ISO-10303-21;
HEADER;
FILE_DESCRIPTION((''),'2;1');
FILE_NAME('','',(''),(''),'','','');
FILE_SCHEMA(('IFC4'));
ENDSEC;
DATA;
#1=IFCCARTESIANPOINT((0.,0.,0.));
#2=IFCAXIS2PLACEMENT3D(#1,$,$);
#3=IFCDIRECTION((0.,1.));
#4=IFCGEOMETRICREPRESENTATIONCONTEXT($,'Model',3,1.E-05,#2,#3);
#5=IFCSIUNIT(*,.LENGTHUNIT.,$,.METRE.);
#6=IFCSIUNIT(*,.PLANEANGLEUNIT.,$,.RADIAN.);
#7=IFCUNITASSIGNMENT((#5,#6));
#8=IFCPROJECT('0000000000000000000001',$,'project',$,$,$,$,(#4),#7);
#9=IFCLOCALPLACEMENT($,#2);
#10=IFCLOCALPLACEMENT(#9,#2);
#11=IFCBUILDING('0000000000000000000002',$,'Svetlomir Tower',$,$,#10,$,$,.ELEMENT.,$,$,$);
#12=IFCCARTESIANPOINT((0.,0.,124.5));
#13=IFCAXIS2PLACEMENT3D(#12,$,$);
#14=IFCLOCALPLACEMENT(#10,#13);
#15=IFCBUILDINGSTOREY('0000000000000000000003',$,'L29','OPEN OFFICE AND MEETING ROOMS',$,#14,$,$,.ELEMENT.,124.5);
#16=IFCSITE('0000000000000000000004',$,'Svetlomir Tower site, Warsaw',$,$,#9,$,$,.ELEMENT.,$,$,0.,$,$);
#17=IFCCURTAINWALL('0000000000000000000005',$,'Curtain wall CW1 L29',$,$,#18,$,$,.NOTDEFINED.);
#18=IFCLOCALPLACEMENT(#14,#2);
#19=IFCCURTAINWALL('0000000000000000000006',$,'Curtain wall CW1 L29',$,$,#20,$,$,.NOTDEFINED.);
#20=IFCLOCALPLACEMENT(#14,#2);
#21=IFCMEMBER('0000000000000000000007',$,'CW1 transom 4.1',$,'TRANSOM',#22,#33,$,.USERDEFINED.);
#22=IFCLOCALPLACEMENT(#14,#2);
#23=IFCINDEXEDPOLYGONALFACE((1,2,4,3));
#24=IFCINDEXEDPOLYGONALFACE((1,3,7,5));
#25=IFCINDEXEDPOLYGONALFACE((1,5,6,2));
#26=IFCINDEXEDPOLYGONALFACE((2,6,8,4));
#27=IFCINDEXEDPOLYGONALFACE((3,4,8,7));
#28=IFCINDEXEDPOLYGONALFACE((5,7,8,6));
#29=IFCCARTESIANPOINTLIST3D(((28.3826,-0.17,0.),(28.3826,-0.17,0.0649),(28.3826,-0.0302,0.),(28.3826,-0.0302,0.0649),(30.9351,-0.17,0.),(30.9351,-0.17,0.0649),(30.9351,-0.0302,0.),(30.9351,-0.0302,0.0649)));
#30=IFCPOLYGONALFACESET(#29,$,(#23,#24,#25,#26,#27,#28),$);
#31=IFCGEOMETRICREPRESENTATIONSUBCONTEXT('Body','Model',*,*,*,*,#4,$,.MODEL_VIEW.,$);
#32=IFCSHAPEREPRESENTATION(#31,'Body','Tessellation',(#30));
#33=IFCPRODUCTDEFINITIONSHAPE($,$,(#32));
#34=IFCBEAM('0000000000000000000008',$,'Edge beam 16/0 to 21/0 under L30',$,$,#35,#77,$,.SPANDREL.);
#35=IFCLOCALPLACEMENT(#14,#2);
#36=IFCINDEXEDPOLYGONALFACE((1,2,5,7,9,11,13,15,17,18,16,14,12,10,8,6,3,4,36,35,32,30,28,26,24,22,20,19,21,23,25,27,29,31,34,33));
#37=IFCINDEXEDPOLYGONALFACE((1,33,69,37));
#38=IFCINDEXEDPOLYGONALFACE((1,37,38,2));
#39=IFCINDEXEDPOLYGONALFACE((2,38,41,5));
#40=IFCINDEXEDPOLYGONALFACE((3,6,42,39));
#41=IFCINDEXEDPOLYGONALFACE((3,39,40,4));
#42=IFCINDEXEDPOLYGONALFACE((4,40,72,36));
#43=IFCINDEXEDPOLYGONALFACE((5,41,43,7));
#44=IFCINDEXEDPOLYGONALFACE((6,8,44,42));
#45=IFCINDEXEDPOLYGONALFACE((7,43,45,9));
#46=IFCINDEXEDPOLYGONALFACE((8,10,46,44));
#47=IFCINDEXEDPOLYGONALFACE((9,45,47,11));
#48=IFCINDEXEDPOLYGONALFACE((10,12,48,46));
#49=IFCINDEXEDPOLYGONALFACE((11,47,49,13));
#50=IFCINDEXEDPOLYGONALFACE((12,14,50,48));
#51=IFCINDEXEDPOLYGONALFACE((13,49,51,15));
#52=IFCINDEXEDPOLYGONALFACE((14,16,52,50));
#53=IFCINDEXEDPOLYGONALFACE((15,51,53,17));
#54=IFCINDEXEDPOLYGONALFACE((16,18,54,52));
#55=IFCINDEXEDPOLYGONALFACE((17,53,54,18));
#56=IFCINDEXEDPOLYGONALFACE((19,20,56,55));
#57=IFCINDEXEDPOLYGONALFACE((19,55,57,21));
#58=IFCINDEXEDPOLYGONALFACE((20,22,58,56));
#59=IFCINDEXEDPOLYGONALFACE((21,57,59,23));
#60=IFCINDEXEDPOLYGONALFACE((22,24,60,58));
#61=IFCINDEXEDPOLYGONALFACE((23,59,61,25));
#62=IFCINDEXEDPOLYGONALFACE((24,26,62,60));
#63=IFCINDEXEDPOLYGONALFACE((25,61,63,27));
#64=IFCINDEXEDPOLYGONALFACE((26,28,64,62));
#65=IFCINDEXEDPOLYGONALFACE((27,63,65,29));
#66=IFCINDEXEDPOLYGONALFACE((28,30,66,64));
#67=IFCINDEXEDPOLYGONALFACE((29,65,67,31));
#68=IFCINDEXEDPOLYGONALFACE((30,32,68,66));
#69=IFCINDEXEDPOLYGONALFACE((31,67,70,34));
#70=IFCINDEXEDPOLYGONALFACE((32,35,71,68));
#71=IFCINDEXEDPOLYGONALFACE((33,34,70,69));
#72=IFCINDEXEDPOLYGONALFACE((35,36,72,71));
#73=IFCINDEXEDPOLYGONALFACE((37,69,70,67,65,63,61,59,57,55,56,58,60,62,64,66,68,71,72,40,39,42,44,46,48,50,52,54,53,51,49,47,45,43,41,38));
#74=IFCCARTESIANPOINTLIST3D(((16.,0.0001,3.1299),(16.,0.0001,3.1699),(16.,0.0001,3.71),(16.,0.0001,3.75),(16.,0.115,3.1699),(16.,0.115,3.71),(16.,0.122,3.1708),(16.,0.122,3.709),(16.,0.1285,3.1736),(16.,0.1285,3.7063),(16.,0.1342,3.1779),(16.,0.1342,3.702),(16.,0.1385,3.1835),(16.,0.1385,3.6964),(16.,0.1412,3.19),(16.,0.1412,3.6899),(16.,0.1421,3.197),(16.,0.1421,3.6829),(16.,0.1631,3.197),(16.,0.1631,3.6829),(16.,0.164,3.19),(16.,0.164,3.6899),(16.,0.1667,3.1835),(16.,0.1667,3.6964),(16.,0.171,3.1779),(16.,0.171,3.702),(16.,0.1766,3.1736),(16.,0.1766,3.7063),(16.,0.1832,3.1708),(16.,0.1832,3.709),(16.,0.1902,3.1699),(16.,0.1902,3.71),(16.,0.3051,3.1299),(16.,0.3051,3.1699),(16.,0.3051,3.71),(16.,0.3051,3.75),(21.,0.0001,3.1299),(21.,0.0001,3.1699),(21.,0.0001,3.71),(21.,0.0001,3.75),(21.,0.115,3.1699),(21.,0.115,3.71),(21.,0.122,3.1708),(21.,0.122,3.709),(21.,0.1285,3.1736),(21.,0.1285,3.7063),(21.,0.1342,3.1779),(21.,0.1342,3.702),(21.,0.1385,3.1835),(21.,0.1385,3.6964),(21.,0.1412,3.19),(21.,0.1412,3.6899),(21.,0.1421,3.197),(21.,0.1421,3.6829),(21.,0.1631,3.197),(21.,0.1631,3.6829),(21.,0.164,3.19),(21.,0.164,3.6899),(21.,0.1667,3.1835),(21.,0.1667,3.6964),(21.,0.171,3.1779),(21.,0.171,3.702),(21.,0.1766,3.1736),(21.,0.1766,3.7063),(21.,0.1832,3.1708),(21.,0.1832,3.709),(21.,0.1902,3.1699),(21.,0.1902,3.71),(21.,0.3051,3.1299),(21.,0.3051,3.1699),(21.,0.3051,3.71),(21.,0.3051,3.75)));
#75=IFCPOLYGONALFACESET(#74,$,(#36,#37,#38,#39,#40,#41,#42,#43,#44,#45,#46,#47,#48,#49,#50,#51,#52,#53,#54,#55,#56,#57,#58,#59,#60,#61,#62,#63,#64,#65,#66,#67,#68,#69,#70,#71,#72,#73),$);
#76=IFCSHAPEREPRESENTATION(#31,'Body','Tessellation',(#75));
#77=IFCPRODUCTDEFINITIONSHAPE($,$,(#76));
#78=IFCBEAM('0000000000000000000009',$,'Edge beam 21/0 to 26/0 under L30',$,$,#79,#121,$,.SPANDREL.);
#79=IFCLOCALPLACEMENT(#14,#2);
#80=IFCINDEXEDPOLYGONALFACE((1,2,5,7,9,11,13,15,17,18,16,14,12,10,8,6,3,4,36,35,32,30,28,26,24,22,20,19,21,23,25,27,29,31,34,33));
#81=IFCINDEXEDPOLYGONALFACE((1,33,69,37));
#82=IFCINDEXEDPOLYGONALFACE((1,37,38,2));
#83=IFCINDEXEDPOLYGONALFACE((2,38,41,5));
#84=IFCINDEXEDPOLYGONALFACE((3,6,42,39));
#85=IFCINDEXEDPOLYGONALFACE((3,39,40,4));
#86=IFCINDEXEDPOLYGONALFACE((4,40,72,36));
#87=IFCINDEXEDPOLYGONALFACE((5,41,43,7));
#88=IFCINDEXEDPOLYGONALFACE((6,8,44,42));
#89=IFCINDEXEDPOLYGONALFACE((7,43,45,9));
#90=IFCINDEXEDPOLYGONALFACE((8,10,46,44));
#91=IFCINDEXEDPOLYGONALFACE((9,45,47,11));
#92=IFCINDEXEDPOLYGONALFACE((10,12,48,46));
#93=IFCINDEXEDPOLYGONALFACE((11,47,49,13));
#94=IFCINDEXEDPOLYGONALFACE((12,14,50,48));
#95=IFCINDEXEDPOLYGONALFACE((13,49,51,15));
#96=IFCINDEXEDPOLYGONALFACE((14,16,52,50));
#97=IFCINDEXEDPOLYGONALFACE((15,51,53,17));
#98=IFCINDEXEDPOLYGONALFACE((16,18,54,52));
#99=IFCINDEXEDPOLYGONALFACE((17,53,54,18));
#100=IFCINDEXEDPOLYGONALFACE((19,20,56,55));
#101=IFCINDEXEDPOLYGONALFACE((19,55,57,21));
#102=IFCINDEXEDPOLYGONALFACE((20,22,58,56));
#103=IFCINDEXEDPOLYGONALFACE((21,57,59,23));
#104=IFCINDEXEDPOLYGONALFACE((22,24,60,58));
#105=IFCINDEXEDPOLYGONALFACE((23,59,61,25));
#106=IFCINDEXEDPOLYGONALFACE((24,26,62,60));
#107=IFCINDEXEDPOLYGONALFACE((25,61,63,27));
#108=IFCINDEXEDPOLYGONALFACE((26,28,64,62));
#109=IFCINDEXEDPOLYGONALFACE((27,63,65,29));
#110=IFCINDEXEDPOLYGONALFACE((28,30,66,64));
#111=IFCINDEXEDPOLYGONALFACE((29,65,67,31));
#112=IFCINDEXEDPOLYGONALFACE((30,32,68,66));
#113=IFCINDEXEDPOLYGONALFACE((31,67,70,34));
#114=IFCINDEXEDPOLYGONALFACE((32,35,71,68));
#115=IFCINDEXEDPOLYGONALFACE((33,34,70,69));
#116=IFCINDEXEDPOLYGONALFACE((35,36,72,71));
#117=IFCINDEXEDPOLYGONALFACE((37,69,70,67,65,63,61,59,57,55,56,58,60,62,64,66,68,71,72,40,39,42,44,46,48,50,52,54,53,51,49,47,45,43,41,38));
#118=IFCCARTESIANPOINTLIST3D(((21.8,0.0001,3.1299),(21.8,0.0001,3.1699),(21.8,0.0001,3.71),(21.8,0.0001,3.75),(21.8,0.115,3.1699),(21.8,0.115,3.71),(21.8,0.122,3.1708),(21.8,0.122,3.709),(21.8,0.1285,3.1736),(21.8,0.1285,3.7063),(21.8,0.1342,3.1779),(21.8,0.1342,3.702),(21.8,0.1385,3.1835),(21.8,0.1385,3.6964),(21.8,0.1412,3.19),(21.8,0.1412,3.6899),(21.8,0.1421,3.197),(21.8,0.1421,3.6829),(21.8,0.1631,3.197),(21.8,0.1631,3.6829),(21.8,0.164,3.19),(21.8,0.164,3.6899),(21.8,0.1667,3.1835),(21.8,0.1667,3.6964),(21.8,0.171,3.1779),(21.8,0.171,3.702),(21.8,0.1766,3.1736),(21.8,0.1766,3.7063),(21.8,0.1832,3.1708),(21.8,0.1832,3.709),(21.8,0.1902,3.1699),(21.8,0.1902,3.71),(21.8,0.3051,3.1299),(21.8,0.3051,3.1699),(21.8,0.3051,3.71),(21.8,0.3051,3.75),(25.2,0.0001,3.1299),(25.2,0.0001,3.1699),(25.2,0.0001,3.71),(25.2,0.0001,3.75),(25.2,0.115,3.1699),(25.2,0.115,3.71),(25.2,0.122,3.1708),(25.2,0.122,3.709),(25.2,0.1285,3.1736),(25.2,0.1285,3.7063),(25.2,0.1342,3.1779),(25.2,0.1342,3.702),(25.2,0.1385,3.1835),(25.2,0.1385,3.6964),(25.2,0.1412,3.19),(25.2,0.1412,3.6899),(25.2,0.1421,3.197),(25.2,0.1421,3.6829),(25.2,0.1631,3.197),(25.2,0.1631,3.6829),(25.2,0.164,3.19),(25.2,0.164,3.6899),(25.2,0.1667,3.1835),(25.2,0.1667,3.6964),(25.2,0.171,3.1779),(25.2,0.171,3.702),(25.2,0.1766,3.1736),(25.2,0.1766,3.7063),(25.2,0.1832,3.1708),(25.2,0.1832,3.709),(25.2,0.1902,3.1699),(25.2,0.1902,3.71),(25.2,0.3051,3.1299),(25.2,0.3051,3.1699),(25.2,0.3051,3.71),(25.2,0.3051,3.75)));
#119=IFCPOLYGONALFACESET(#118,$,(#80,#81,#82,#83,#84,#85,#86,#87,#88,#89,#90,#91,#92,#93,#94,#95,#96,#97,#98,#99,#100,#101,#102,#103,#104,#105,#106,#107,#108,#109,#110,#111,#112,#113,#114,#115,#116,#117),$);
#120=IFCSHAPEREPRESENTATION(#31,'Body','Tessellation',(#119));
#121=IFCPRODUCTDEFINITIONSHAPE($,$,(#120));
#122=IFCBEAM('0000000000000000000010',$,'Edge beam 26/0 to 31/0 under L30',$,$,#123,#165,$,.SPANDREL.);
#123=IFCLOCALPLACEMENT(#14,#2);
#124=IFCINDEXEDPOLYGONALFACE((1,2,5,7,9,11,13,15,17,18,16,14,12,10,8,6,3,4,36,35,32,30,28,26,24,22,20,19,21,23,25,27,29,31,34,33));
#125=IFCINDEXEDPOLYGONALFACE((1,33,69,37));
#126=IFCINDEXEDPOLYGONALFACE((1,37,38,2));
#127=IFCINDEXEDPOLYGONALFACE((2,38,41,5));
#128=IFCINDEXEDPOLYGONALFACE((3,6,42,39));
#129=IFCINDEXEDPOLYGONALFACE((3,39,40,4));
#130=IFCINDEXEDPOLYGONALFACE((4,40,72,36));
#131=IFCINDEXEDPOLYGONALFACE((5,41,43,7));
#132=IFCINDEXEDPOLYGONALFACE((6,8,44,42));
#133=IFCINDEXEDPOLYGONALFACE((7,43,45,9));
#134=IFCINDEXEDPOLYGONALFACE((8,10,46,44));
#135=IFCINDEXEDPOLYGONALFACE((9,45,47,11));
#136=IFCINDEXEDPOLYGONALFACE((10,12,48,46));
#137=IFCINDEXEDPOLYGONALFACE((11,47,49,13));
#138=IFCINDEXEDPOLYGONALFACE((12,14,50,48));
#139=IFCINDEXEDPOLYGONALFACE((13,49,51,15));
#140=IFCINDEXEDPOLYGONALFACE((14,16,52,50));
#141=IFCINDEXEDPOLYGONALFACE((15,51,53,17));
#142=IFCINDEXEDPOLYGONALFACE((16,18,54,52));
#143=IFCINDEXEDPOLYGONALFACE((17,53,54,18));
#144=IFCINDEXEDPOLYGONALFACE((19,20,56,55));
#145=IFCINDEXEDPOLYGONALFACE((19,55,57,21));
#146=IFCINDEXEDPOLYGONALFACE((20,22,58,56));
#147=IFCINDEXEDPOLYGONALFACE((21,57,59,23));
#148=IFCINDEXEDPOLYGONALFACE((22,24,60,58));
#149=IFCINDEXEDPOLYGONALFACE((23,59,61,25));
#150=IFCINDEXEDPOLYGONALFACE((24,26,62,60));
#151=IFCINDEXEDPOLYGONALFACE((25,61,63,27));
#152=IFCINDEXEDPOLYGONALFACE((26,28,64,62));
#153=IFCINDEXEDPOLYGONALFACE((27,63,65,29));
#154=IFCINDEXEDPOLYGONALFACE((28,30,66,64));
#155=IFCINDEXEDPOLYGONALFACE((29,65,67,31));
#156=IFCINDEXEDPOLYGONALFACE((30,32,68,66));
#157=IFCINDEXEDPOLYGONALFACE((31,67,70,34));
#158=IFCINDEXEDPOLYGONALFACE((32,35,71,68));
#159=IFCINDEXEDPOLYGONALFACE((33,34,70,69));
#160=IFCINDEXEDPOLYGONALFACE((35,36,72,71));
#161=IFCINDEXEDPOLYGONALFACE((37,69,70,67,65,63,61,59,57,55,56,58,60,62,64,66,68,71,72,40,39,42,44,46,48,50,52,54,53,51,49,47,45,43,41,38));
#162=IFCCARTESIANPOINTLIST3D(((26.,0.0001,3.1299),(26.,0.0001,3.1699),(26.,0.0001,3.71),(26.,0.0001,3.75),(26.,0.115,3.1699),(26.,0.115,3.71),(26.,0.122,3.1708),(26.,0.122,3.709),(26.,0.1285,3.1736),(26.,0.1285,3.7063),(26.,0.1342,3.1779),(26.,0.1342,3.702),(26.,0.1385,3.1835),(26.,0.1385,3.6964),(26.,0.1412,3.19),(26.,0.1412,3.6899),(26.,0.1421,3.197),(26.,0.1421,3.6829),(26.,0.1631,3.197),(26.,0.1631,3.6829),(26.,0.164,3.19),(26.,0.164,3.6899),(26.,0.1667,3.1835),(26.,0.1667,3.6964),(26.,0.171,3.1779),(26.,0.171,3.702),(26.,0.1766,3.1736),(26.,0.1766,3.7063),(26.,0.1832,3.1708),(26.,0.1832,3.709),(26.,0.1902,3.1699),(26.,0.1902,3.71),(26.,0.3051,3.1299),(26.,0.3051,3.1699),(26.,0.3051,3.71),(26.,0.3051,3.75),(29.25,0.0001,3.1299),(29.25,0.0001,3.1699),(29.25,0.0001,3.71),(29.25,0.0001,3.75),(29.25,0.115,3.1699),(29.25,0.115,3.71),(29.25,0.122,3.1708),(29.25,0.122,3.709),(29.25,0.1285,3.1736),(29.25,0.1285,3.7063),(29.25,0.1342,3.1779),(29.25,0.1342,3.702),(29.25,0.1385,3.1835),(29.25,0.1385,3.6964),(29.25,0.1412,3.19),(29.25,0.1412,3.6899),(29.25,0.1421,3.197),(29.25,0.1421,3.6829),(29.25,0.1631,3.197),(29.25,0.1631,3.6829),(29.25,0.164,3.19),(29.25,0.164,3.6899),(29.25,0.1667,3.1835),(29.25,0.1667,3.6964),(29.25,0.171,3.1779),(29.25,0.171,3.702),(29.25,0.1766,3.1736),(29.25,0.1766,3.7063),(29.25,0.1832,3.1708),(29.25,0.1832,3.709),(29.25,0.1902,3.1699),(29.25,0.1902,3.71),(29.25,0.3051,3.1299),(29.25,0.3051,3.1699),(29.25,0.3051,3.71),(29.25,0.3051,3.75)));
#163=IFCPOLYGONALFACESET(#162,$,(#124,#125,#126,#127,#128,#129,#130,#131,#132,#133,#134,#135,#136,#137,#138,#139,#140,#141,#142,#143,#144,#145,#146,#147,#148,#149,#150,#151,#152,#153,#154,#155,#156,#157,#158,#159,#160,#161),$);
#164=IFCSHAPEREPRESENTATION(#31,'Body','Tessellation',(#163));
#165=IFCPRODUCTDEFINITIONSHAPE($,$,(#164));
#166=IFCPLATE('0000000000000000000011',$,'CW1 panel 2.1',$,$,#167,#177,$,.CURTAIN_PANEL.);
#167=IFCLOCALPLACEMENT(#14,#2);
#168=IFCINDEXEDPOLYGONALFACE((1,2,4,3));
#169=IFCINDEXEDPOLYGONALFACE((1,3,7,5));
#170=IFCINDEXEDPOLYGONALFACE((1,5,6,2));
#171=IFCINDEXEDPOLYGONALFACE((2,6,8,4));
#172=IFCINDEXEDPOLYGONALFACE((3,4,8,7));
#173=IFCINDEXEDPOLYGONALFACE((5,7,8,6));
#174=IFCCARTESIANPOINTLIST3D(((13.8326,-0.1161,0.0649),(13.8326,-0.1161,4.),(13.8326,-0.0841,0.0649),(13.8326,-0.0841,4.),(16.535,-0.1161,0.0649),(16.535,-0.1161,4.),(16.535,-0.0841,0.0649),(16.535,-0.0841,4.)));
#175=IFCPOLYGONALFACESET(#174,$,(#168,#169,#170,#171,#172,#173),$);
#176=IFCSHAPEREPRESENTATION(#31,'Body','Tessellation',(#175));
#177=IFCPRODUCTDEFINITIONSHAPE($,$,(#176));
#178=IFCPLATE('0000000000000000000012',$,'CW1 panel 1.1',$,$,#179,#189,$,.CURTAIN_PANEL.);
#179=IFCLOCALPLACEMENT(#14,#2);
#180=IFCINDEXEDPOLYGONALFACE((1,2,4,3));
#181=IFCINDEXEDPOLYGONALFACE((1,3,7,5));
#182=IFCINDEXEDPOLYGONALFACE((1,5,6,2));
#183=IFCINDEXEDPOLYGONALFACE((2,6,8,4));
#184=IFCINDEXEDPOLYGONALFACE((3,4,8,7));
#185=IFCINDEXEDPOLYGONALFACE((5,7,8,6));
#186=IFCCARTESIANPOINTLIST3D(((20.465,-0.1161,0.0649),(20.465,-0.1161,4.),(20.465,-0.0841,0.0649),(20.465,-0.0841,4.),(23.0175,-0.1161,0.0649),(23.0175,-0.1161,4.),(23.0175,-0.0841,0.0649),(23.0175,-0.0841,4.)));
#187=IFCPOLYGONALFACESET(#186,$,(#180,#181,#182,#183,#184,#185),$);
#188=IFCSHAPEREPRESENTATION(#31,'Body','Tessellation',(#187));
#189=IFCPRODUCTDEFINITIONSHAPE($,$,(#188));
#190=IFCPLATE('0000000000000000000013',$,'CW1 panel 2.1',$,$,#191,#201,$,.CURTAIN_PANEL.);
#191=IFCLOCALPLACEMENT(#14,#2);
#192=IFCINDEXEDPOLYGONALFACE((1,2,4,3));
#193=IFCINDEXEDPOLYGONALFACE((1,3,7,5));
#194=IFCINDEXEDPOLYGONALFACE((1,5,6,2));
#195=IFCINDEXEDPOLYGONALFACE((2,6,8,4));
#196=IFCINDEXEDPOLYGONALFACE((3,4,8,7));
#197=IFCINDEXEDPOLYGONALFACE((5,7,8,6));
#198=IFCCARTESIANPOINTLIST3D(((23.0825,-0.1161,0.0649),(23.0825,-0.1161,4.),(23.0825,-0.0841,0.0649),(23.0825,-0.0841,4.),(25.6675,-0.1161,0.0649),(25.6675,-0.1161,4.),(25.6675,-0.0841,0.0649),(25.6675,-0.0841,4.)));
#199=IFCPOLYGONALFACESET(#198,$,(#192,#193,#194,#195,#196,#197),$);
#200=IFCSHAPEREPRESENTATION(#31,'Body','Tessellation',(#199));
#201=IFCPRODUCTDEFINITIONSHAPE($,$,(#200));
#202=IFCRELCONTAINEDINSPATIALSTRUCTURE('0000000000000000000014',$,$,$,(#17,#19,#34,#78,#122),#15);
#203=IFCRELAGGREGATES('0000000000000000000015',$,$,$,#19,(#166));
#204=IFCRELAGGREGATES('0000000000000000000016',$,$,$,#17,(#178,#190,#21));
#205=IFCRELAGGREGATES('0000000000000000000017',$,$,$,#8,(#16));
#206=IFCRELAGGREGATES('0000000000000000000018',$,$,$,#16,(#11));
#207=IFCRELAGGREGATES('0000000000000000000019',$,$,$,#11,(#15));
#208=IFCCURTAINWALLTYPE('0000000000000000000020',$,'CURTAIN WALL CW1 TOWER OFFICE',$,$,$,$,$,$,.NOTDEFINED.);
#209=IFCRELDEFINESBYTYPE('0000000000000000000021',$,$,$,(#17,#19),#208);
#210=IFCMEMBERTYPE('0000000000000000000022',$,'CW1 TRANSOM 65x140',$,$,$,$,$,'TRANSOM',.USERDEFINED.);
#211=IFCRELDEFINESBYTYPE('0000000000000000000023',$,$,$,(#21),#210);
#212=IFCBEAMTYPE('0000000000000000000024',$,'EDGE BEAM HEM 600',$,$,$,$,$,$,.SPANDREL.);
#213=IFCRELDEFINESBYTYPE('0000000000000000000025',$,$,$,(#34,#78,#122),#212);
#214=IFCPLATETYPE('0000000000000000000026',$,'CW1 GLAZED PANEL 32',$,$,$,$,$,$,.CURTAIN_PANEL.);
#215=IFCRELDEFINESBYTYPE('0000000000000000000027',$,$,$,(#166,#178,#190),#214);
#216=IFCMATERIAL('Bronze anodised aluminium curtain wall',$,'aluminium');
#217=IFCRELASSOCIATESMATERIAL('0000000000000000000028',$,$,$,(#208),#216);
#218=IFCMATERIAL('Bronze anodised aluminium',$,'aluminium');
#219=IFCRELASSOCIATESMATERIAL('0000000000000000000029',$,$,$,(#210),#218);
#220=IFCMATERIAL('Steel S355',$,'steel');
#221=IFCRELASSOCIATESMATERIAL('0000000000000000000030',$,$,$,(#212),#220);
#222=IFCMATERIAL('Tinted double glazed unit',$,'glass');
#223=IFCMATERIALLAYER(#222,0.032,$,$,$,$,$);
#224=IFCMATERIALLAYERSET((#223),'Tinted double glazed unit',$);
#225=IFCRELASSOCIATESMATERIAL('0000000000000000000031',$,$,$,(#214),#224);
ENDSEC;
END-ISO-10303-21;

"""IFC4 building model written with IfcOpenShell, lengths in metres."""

from ifc_helpers import new_model, si_unit, direction, frame, origin, origin_2d, place, context, subcontext, project, spatial, rectangle, i_section, extrude, material, layer, layer_set, material_profile, profile_set, type_object, element, aggregate, save


model = new_model("IFC4")

# Units and contexts
model_context = context("Model", 3, precision=1e-05, world=origin(), true_north=direction((0.0, 1.0)))
body_context = subcontext(model_context, "Body", "Model", "MODEL_VIEW")
ifc_project = project(units=[si_unit("LENGTHUNIT", "METRE"), si_unit("PLANEANGLEUNIT", "RADIAN")], contexts=[model_context])

# Site, building, storey
site_placement = place(None, origin())
site = spatial("IfcSite", under=ifc_project, at=site_placement, Name="Svetlomir Tower site, Warsaw", CompositionType="ELEMENT", RefElevation=0.0)
building_placement = place(site_placement, origin())
building = spatial("IfcBuilding", under=site, at=building_placement, Name="Svetlomir Tower", CompositionType="ELEMENT")
storey_placement = place(building_placement, frame((0.0, 0.0, 124.5)))
storey = spatial("IfcBuildingStorey", under=building, at=storey_placement, Name="L29", Description="OPEN OFFICE AND MEETING ROOMS", CompositionType="ELEMENT", Elevation=124.5)

# Curtain wall
ifc_material_1 = material(Name="Bronze anodised aluminium curtain wall", Category="aluminium")
curtain_wall_type = type_object("IfcCurtainWallType", Name="CURTAIN WALL CW1 TOWER OFFICE", PredefinedType="NOTDEFINED", material=ifc_material_1)
curtain_wall_1_placement = place(storey_placement, origin())
curtain_wall_1 = element("IfcCurtainWall", 1, at=curtain_wall_1_placement, inside=storey, type_object=curtain_wall_type, Name="Curtain wall CW1 L29", PredefinedType="NOTDEFINED")

# Curtain wall
curtain_wall_2_placement = place(storey_placement, origin())
curtain_wall_2 = element("IfcCurtainWall", 2, at=curtain_wall_2_placement, inside=storey, type_object=curtain_wall_type, Name="Curtain wall CW1 L29", PredefinedType="NOTDEFINED")

# Member
ifc_material_2 = material(Name="Bronze anodised aluminium", Category="aluminium")
ifc_material_profile_1 = material_profile(ifc_material_2, rectangle(XDim=0.1399, YDim=0.0649, at=origin_2d()), Name="AL 140x65")
ifc_profile_set_1 = profile_set([ifc_material_profile_1], Name="Bronze anodised aluminium 6063-T6")
member_type_1 = type_object("IfcMemberType", Name="CW1 TRANSOM 65x140", ElementType="TRANSOM", PredefinedType="USERDEFINED", material=ifc_profile_set_1)
member_1_placement = place(storey_placement, frame((28.3826, -0.1001, 0.0325), z_axis=(1.0, 0.0, 0.0), x_axis=(0.0, 1.0, 0.0)))
member_1 = element("IfcMember", 3, at=member_1_placement, type_object=member_type_1, Name="CW1 transom 4.1", ObjectType="TRANSOM", PredefinedType="USERDEFINED", context=body_context, shape_type="SweptSolid", body=[
    extrude(rectangle(XDim=0.1399, YDim=0.0649, at=origin_2d()), origin(), (0.0, 0.0, 1.0), 2.5525),
])

# Beams
ifc_material_3 = material(Name="Steel S355", Category="steel")
ifc_material_profile_2 = material_profile(ifc_material_3, i_section(OverallWidth=0.3049, OverallDepth=0.6201, WebThickness=0.021, FlangeThickness=0.04, FilletRadius=0.0271, at=origin_2d()), Name="HEM 600")
ifc_profile_set_2 = profile_set([ifc_material_profile_2], Name="Steel S355")
beam_type_1 = type_object("IfcBeamType", Name="EDGE BEAM HEM 600", PredefinedType="SPANDREL", material=ifc_profile_set_2)
beam_1_placement = place(storey_placement, frame((16.0, 0.1526, 3.4399), z_axis=(1.0, 0.0, 0.0), x_axis=(0.0, 1.0, 0.0)))
element("IfcBeam", 4, at=beam_1_placement, inside=storey, type_object=beam_type_1, Name="Edge beam 16/0 to 21/0 under L30", PredefinedType="SPANDREL", context=body_context, shape_type="SweptSolid", body=[
    extrude(i_section(OverallWidth=0.3049, OverallDepth=0.6201, WebThickness=0.021, FlangeThickness=0.04, FilletRadius=0.0271, at=origin_2d()), origin(), (0.0, 0.0, 1.0), 5.0),
])
beam_2_placement = place(storey_placement, frame((21.8, 0.1526, 3.4399), z_axis=(1.0, 0.0, 0.0), x_axis=(0.0, 1.0, 0.0)))
element("IfcBeam", 5, at=beam_2_placement, inside=storey, type_object=beam_type_1, Name="Edge beam 21/0 to 26/0 under L30", PredefinedType="SPANDREL", context=body_context, shape_type="SweptSolid", body=[
    extrude(i_section(OverallWidth=0.3049, OverallDepth=0.6201, WebThickness=0.021, FlangeThickness=0.04, FilletRadius=0.0271, at=origin_2d()), origin(), (0.0, 0.0, 1.0), 3.3999),
])
beam_3_placement = place(storey_placement, frame((26.0, 0.1526, 3.4399), z_axis=(1.0, 0.0, 0.0), x_axis=(0.0, 1.0, 0.0)))
element("IfcBeam", 6, at=beam_3_placement, inside=storey, type_object=beam_type_1, Name="Edge beam 26/0 to 31/0 under L30", PredefinedType="SPANDREL", context=body_context, shape_type="SweptSolid", body=[
    extrude(i_section(OverallWidth=0.3049, OverallDepth=0.6201, WebThickness=0.021, FlangeThickness=0.04, FilletRadius=0.0271, at=origin_2d()), origin(), (0.0, 0.0, 1.0), 3.25),
])

# Plates
ifc_material_4 = material(Name="Tinted double glazed unit", Category="glass")
ifc_layer_1 = layer(ifc_material_4, 0.032)
ifc_layer_set_1 = layer_set([ifc_layer_1], Name="Tinted double glazed unit")
plate_type = type_object("IfcPlateType", Name="CW1 GLAZED PANEL 32", PredefinedType="CURTAIN_PANEL", material=ifc_layer_set_1)
plate_1_placement = place(storey_placement, frame((15.1838, -0.1001, 0.0649), z_axis=(0.0, 0.0, 1.0), x_axis=(1.0, 0.0, 0.0)))
plate_1 = element("IfcPlate", 7, at=plate_1_placement, type_object=plate_type, Name="CW1 panel 2.1", PredefinedType="CURTAIN_PANEL", context=body_context, shape_type="SweptSolid", body=[
    extrude(rectangle(XDim=2.7024, YDim=0.032, at=origin_2d()), origin(), (0.0, 0.0, 1.0), 3.9351),
])
aggregate(curtain_wall_2, [plate_1])
plate_2_placement = place(storey_placement, frame((21.7412, -0.1001, 0.0649), z_axis=(0.0, 0.0, 1.0), x_axis=(1.0, 0.0, 0.0)))
plate_2 = element("IfcPlate", 8, at=plate_2_placement, type_object=plate_type, Name="CW1 panel 1.1", PredefinedType="CURTAIN_PANEL", context=body_context, shape_type="SweptSolid", body=[
    extrude(rectangle(XDim=2.5525, YDim=0.032, at=origin_2d()), origin(), (0.0, 0.0, 1.0), 3.9351),
])
plate_3_placement = place(storey_placement, frame((24.375, -0.1001, 0.0649), z_axis=(0.0, 0.0, 1.0), x_axis=(1.0, 0.0, 0.0)))
plate_3 = element("IfcPlate", 9, at=plate_3_placement, type_object=plate_type, Name="CW1 panel 2.1", PredefinedType="CURTAIN_PANEL", context=body_context, shape_type="SweptSolid", body=[
    extrude(rectangle(XDim=2.585, YDim=0.032, at=origin_2d()), origin(), (0.0, 0.0, 1.0), 3.9351),
])
aggregate(curtain_wall_1, [plate_2, plate_3, member_1])

save(model, "model.ifc")
